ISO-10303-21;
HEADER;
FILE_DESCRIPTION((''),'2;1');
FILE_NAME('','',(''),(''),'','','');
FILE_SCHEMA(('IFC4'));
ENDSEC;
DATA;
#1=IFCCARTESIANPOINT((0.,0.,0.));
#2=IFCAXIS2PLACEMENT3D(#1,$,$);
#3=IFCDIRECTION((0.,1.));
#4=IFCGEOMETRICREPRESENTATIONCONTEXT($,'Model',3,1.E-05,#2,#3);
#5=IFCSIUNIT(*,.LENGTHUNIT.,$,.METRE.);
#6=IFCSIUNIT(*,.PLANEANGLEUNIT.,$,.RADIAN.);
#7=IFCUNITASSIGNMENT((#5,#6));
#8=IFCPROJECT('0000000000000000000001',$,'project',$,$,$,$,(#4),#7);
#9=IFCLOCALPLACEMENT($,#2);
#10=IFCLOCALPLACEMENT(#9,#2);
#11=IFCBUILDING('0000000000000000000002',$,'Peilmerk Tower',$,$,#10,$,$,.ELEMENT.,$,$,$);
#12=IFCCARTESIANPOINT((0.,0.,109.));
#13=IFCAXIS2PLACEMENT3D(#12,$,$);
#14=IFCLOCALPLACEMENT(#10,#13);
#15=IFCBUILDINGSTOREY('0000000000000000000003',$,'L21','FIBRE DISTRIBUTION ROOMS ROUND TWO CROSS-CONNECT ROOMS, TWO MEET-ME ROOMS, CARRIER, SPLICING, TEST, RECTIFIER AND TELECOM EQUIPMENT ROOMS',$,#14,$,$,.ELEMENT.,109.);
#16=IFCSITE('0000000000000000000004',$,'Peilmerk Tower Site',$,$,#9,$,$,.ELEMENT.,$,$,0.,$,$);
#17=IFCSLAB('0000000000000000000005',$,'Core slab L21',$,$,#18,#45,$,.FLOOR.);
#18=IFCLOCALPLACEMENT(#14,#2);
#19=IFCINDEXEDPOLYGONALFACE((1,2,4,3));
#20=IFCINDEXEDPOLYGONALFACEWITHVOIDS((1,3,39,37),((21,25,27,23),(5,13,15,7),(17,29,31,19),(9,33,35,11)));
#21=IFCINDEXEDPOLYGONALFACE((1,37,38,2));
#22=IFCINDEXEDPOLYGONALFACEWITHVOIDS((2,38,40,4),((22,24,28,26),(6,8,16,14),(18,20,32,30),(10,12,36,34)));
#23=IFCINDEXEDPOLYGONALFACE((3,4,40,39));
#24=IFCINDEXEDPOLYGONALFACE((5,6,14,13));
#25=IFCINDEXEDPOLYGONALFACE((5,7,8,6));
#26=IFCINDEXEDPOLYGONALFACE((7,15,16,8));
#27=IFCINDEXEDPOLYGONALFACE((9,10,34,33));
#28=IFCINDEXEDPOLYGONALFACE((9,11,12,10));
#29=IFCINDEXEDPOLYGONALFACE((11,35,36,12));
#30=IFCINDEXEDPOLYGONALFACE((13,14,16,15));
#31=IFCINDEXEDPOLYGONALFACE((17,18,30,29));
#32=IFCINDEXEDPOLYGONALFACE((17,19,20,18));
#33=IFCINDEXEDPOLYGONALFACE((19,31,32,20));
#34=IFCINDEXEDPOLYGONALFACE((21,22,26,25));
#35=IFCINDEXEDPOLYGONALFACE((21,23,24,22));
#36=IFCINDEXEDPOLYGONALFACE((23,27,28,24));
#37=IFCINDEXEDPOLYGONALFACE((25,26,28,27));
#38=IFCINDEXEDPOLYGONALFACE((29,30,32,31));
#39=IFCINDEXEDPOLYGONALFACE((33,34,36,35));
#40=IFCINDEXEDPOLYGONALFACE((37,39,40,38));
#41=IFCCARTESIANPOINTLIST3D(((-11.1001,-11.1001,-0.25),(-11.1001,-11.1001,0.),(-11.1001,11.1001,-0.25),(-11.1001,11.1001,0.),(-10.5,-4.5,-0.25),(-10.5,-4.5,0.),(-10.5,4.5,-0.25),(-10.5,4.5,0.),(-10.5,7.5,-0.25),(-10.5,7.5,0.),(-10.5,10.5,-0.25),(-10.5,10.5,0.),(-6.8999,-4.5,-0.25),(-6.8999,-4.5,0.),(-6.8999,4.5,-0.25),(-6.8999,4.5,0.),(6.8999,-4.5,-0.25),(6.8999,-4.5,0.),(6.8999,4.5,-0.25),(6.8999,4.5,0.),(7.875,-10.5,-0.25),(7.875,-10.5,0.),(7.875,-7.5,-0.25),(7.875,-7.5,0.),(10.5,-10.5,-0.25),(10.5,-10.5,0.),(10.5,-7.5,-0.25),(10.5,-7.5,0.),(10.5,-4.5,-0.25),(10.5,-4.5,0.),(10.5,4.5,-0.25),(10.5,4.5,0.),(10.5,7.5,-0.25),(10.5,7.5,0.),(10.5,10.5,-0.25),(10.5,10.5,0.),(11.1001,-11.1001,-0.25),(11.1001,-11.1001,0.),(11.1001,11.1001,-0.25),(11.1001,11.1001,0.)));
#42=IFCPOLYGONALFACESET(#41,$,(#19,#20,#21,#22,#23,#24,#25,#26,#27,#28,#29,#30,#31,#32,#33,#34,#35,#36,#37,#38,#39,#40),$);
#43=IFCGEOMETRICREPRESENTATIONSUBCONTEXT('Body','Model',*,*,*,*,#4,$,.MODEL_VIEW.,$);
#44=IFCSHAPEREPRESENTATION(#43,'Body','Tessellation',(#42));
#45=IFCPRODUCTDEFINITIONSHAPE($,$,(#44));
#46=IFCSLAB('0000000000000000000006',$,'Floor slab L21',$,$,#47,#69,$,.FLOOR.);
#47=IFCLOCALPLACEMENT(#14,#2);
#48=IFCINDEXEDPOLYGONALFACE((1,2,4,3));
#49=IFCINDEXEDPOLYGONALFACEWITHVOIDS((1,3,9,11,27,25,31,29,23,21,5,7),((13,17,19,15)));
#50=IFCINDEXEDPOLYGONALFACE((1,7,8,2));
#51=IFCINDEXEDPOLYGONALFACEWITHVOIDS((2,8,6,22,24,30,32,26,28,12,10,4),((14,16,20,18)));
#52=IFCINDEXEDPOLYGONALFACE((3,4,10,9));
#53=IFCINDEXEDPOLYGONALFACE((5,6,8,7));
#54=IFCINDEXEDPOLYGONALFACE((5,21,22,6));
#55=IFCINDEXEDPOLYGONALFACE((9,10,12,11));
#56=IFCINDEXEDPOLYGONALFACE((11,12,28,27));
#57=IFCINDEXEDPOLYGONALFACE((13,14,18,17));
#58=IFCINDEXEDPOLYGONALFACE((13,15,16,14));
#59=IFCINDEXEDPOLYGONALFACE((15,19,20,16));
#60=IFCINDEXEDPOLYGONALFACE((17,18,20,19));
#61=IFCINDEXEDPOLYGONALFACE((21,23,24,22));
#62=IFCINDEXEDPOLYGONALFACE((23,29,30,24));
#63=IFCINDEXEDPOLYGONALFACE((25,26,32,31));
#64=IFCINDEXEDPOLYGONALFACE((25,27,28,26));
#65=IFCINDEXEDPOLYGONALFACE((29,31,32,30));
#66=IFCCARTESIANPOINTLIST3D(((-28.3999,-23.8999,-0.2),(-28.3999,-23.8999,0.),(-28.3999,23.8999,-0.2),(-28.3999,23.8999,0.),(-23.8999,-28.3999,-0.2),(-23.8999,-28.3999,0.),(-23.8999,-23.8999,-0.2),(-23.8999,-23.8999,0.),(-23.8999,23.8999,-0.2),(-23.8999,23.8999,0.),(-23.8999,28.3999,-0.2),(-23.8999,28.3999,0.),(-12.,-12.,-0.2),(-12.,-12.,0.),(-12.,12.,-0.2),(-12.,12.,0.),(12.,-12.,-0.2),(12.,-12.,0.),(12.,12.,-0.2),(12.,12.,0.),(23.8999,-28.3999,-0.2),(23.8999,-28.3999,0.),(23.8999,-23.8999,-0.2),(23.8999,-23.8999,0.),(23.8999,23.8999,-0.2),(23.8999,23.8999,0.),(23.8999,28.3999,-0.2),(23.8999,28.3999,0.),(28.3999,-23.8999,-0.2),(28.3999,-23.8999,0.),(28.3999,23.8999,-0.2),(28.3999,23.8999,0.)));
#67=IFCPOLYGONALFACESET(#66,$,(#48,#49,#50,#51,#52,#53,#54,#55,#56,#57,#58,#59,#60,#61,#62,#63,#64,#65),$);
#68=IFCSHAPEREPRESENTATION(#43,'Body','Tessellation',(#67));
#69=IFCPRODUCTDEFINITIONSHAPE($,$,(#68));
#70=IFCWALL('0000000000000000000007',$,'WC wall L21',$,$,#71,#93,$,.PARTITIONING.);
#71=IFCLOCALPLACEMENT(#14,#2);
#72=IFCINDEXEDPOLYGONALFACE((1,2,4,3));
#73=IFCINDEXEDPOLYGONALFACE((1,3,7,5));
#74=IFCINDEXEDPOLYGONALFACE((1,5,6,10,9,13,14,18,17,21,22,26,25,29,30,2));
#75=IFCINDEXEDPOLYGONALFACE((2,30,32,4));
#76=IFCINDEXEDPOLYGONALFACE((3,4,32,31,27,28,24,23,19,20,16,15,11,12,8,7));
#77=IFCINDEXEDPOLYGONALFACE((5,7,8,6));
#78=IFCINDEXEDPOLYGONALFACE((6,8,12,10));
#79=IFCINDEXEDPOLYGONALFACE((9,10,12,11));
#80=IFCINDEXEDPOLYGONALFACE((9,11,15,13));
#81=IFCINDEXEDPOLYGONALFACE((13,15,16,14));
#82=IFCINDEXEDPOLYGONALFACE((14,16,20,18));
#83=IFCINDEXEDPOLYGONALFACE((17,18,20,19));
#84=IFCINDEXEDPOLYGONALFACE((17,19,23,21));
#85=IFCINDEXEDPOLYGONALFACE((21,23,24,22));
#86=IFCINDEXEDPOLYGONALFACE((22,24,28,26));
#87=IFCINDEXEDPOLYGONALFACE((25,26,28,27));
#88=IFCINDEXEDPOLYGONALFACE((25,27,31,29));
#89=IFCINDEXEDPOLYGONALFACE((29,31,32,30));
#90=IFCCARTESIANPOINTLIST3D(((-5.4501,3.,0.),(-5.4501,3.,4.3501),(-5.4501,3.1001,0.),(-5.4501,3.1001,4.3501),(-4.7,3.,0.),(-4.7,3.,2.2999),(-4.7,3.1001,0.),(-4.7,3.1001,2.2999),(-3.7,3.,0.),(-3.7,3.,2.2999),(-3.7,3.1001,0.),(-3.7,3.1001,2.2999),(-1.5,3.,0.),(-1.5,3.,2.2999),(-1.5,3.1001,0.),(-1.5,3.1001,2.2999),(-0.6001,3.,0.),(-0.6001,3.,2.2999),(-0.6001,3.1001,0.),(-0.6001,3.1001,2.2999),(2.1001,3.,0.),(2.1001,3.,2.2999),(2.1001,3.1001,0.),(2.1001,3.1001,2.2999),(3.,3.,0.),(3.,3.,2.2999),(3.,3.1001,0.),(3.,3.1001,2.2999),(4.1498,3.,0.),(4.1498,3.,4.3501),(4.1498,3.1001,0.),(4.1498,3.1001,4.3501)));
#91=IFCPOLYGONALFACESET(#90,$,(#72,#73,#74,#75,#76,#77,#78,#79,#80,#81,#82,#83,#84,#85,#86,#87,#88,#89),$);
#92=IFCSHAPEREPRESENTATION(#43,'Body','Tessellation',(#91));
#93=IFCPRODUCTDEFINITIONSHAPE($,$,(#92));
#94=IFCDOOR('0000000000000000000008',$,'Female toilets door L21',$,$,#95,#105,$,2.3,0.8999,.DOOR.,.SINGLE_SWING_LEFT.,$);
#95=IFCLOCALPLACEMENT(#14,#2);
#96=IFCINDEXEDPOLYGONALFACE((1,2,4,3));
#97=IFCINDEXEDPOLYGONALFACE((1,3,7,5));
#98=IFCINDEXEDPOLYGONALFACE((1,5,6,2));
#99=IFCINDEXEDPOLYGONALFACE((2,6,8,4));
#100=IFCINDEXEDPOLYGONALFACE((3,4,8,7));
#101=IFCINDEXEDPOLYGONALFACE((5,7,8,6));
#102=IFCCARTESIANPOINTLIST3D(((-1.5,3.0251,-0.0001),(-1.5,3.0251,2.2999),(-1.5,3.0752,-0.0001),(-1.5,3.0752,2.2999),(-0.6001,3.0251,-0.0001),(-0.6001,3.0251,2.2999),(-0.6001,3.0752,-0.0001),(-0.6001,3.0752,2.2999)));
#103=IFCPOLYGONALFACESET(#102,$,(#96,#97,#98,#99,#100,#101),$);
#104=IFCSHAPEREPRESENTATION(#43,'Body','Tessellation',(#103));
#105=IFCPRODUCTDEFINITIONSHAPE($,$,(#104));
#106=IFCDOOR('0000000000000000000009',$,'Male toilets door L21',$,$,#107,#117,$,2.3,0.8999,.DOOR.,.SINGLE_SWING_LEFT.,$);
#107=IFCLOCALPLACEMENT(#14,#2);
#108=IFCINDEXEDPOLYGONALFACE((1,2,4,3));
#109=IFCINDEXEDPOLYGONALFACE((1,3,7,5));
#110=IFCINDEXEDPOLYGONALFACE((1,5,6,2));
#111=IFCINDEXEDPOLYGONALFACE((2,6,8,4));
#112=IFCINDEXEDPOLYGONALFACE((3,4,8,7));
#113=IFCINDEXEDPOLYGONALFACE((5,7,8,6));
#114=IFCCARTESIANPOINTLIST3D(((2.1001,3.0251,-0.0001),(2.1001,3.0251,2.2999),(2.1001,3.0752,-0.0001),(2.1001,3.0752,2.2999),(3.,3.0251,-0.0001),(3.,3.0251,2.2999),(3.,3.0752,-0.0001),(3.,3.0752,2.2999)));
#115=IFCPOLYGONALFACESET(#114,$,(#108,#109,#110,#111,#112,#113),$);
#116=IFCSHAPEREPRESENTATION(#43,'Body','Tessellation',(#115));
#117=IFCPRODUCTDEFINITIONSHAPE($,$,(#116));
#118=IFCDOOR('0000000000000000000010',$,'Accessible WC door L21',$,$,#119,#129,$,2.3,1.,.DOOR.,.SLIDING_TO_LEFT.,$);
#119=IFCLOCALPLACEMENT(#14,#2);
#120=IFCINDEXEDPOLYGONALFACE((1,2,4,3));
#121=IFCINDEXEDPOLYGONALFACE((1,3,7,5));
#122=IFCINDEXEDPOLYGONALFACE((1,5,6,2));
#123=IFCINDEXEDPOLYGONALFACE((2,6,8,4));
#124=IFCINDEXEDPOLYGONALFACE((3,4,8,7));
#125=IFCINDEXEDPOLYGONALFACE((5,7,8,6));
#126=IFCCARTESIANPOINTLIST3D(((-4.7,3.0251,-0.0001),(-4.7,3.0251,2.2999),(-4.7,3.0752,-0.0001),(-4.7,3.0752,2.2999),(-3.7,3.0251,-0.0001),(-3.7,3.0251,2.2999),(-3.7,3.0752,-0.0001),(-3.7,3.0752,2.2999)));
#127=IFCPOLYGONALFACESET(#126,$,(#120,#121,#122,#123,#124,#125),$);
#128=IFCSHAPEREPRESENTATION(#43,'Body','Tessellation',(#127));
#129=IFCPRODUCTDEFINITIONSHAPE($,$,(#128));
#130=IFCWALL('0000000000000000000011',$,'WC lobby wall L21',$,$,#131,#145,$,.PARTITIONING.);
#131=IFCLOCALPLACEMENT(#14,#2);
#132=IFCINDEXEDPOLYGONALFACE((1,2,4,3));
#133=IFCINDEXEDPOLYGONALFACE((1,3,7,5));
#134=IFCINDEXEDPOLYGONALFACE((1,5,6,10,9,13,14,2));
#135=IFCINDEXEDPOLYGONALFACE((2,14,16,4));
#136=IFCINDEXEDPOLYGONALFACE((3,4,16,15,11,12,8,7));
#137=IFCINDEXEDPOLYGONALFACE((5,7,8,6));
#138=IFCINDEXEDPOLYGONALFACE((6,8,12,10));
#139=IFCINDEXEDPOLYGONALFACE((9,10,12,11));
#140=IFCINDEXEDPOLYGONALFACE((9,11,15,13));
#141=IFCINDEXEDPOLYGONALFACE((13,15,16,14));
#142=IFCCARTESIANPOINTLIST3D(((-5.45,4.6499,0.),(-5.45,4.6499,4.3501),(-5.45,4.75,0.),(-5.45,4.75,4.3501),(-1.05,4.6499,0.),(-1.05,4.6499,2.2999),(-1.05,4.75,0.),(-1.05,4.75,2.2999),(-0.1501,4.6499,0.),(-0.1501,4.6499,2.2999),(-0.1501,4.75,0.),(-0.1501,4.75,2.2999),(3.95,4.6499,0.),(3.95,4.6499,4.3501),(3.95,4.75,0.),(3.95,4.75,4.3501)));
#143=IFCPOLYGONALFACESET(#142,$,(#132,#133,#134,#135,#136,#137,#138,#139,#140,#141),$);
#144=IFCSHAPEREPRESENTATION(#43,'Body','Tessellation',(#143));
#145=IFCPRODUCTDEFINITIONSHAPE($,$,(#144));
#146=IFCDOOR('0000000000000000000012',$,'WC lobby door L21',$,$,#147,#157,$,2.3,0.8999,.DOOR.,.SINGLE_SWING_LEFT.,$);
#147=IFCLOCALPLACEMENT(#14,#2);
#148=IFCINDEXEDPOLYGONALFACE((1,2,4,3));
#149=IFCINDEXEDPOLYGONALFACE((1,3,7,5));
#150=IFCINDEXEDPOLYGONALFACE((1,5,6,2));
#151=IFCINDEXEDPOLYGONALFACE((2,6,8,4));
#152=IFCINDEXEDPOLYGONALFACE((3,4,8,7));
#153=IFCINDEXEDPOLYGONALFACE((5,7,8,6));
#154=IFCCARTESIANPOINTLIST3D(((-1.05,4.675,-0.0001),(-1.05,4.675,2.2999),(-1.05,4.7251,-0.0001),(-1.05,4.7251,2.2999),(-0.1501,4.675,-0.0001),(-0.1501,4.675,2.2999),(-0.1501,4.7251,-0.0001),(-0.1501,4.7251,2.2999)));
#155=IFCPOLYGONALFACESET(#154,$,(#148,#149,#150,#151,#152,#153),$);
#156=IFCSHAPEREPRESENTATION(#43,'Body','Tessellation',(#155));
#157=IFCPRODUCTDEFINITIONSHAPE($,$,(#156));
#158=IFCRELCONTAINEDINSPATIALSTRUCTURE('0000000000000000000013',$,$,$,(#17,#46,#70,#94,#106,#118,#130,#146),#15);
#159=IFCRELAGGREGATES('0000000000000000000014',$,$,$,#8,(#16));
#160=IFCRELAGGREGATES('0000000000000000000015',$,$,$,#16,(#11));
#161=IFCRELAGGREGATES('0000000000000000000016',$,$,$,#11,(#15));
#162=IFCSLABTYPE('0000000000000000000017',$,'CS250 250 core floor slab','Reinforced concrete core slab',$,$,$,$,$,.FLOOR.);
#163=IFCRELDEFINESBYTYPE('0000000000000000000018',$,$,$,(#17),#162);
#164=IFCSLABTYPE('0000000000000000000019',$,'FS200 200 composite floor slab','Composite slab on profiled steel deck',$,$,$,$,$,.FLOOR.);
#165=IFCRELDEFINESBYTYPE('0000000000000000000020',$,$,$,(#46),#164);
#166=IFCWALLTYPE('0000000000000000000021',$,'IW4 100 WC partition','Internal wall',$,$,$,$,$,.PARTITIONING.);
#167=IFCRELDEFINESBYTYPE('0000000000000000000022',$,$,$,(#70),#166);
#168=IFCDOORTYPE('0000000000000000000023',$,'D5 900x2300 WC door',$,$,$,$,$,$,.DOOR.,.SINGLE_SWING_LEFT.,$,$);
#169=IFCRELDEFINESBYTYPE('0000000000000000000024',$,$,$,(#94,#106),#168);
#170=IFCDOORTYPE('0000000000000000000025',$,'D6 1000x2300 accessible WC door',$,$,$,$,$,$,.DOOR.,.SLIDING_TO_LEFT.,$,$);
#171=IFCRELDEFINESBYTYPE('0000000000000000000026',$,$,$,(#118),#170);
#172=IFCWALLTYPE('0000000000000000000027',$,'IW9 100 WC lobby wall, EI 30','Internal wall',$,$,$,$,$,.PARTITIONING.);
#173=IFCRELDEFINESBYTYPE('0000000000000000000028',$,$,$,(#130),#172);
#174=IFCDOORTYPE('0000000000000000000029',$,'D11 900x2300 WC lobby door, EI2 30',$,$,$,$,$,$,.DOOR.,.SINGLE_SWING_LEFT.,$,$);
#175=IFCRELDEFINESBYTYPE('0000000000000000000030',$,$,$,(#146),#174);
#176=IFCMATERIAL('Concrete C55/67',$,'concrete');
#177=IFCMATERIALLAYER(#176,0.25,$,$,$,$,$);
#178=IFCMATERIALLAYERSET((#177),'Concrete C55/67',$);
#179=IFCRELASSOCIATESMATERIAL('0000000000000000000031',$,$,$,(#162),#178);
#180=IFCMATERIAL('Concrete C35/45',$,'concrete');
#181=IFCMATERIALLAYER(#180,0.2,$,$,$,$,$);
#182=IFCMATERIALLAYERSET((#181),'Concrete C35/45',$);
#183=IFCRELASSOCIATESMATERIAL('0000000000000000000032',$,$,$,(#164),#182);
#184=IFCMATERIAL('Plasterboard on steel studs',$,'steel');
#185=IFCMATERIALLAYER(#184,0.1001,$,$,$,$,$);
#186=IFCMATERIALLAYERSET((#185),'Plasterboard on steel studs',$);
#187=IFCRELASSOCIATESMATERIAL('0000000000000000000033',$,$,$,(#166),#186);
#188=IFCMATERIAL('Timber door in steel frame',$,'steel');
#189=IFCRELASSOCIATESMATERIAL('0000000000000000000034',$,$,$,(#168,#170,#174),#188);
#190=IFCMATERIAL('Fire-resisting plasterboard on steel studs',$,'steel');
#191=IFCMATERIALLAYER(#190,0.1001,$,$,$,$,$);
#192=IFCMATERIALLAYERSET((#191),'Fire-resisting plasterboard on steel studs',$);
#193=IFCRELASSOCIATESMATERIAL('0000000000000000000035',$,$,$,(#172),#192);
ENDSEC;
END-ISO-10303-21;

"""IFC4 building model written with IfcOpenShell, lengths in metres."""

from ifc_helpers import new_model, si_unit, direction, frame, frame_2d, origin, place, context, subcontext, project, spatial, polyline, rectangle, outline, extrude, material, layer, layer_set, type_object, element, fill, save


model = new_model("IFC4")

# Units and contexts
model_context = context("Model", 3, precision=1e-05, world=origin(), true_north=direction((0.0, 1.0)))
body_context = subcontext(model_context, "Body", "Model", "MODEL_VIEW")
ifc_project = project(units=[si_unit("LENGTHUNIT", "METRE"), si_unit("PLANEANGLEUNIT", "RADIAN")], contexts=[model_context])

# Site, building, storey
site_placement = place(None, origin())
site = spatial("IfcSite", under=ifc_project, at=site_placement, Name="Peilmerk Tower Site", CompositionType="ELEMENT", RefElevation=0.0)
building_placement = place(site_placement, origin())
building = spatial("IfcBuilding", under=site, at=building_placement, Name="Peilmerk Tower", CompositionType="ELEMENT")
storey_placement = place(building_placement, frame((0.0, 0.0, 109.0)))
storey = spatial("IfcBuildingStorey", under=building, at=storey_placement, Name="L21", Description="FIBRE DISTRIBUTION ROOMS ROUND TWO CROSS-CONNECT ROOMS, TWO MEET-ME ROOMS, CARRIER, SPLICING, TEST, RECTIFIER AND TELECOM EQUIPMENT ROOMS", CompositionType="ELEMENT", Elevation=109.0)

# Slabs
ifc_material_1 = material(Name="Concrete C55/67", Category="concrete")
ifc_layer_1 = layer(ifc_material_1, 0.25)
ifc_layer_set_1 = layer_set([ifc_layer_1], Name="Concrete C55/67")
slab_type_1 = type_object("IfcSlabType", Name="CS250 250 core floor slab", Description="Reinforced concrete core slab", PredefinedType="FLOOR", material=ifc_layer_set_1)
slab_1_placement = place(storey_placement, frame((0.0, 0.0, -0.25)))
element("IfcSlab", 1, at=slab_1_placement, inside=storey, type_object=slab_type_1, Name="Core slab L21", PredefinedType="FLOOR", context=body_context, shape_type="SweptSolid", body=[
    extrude(outline(polyline([(-11.1001, 11.1001), (-11.1001, -11.1001), (11.1001, -11.1001), (11.1001, 11.1001), (-11.1001, 11.1001)]), holes=[polyline([(10.5, 7.5), (-10.5, 7.5), (-10.5, 10.5), (10.5, 10.5), (10.5, 7.5)]), polyline([(7.875, -10.5), (7.875, -7.5), (10.5, -7.5), (10.5, -10.5), (7.875, -10.5)]), polyline([(-10.5, 4.5), (-6.8999, 4.5), (-6.8999, -4.5), (-10.5, -4.5), (-10.5, 4.5)]), polyline([(10.5, 4.5), (10.5, -4.5), (6.8999, -4.5), (6.8999, 4.5), (10.5, 4.5)])]), origin(), (0.0, 0.0, 1.0), 0.25),
])
ifc_material_2 = material(Name="Concrete C35/45", Category="concrete")
ifc_layer_2 = layer(ifc_material_2, 0.2)
ifc_layer_set_2 = layer_set([ifc_layer_2], Name="Concrete C35/45")
slab_type_2 = type_object("IfcSlabType", Name="FS200 200 composite floor slab", Description="Composite slab on profiled steel deck", PredefinedType="FLOOR", material=ifc_layer_set_2)
slab_2_placement = place(storey_placement, frame((0.0, 0.0, -0.2)))
element("IfcSlab", 2, at=slab_2_placement, inside=storey, type_object=slab_type_2, Name="Floor slab L21", PredefinedType="FLOOR", context=body_context, shape_type="SweptSolid", body=[
    extrude(outline(polyline([(-23.8999, -28.3999), (23.8999, -28.3999), (23.8999, -23.8999), (28.3999, -23.8999), (28.3999, 23.8999), (23.8999, 23.8999), (23.8999, 28.3999), (-23.8999, 28.3999), (-23.8999, 23.8999), (-28.3999, 23.8999), (-28.3999, -23.8999), (-23.8999, -23.8999), (-23.8999, -28.3999)]), holes=[polyline([(12.0, 12.0), (12.0, -12.0), (-12.0, -12.0), (-12.0, 12.0), (12.0, 12.0)])]), origin(), (0.0, 0.0, 1.0), 0.2),
])

# Wall, openings, doors
ifc_material_3 = material(Name="Plasterboard on steel studs", Category="steel")
ifc_layer_3 = layer(ifc_material_3, 0.1001)
ifc_layer_set_3 = layer_set([ifc_layer_3], Name="Plasterboard on steel studs")
wall_type_1 = type_object("IfcWallType", Name="IW4 100 WC partition", Description="Internal wall", PredefinedType="PARTITIONING", material=ifc_layer_set_3)
wall_1_placement = place(storey_placement, frame((-5.45, 3.05, 0.0), z_axis=(0.0, 0.0, 1.0), x_axis=(1.0, 0.0, 0.0)))
wall_1 = element("IfcWall", 3, at=wall_1_placement, inside=storey, type_object=wall_type_1, Name="WC wall L21", PredefinedType="PARTITIONING", context=body_context, shape_type="SweptSolid", body=[
    extrude(rectangle(XDim=9.5999, YDim=0.1001, at=frame_2d((4.7998, 0.0))), origin(), (0.0, 0.0, 1.0), 4.3501),
])
opening_1_placement = place(wall_1_placement, frame((0.75, 0.0, 0.0)))
opening_1 = element("IfcOpeningElement", 4, at=opening_1_placement, cuts=wall_1, PredefinedType="OPENING", context=body_context, shape_type="SweptSolid", body=[
    extrude(rectangle(XDim=1.0, YDim=2.3, at=frame_2d((0.5, 1.1499))), frame((0.0, 0.0601, 0.0), z_axis=(0.0, -1.0, 0.0), x_axis=(1.0, 0.0, 0.0)), (0.0, 0.0, 1.0), 0.1201),
])
opening_2_placement = place(wall_1_placement, frame((3.95, 0.0, 0.0)))
opening_2 = element("IfcOpeningElement", 5, at=opening_2_placement, cuts=wall_1, PredefinedType="OPENING", context=body_context, shape_type="SweptSolid", body=[
    extrude(rectangle(XDim=0.8999, YDim=2.3, at=frame_2d((0.45, 1.1499))), frame((0.0, 0.0601, 0.0), z_axis=(0.0, -1.0, 0.0), x_axis=(1.0, 0.0, 0.0)), (0.0, 0.0, 1.0), 0.1201),
])
opening_3_placement = place(wall_1_placement, frame((7.55, 0.0, 0.0)))
opening_3 = element("IfcOpeningElement", 6, at=opening_3_placement, cuts=wall_1, PredefinedType="OPENING", context=body_context, shape_type="SweptSolid", body=[
    extrude(rectangle(XDim=0.8999, YDim=2.3, at=frame_2d((0.45, 1.1499))), frame((0.0, 0.0601, 0.0), z_axis=(0.0, -1.0, 0.0), x_axis=(1.0, 0.0, 0.0)), (0.0, 0.0, 1.0), 0.1201),
])
ifc_material_4 = material(Name="Timber door in steel frame", Category="steel")
door_type_1 = type_object("IfcDoorType", Name="D5 900x2300 WC door", OperationType="SINGLE_SWING_LEFT", PredefinedType="DOOR", material=ifc_material_4)
door_1_placement = place(opening_2_placement, frame((0.8999, 0.0, 0.0), z_axis=(0.0, 0.0, 1.0), x_axis=(-1.0, 0.0, 0.0)))
door_1 = element("IfcDoor", 7, at=door_1_placement, inside=storey, type_object=door_type_1, Name="Female toilets door L21", OperationType="SINGLE_SWING_LEFT", OverallHeight=2.3, OverallWidth=0.8999, PredefinedType="DOOR", context=body_context, shape_type="SweptSolid", body=[
    extrude(rectangle(XDim=0.8999, YDim=2.3, at=frame_2d((0.45, 1.1499))), frame((0.0, 0.0249, 0.0), z_axis=(0.0, -1.0, 0.0), x_axis=(1.0, 0.0, 0.0)), (0.0, 0.0, 1.0), 0.05),
])
fill(opening_2, door_1)
door_2_placement = place(opening_3_placement, frame((0.8999, 0.0, 0.0), z_axis=(0.0, 0.0, 1.0), x_axis=(-1.0, 0.0, 0.0)))
door_2 = element("IfcDoor", 8, at=door_2_placement, inside=storey, type_object=door_type_1, Name="Male toilets door L21", OperationType="SINGLE_SWING_LEFT", OverallHeight=2.3, OverallWidth=0.8999, PredefinedType="DOOR", context=body_context, shape_type="SweptSolid", body=[
    extrude(rectangle(XDim=0.8999, YDim=2.3, at=frame_2d((0.45, 1.1499))), frame((0.0, 0.0249, 0.0), z_axis=(0.0, -1.0, 0.0), x_axis=(1.0, 0.0, 0.0)), (0.0, 0.0, 1.0), 0.05),
])
fill(opening_3, door_2)
door_type_2 = type_object("IfcDoorType", Name="D6 1000x2300 accessible WC door", OperationType="SLIDING_TO_LEFT", PredefinedType="DOOR", material=ifc_material_4)
door_3_placement = place(opening_1_placement, frame((1.0, 0.0, 0.0), z_axis=(0.0, 0.0, 1.0), x_axis=(-1.0, 0.0, 0.0)))
door_3 = element("IfcDoor", 9, at=door_3_placement, inside=storey, type_object=door_type_2, Name="Accessible WC door L21", OperationType="SLIDING_TO_LEFT", OverallHeight=2.3, OverallWidth=1.0, PredefinedType="DOOR", context=body_context, shape_type="SweptSolid", body=[
    extrude(rectangle(XDim=1.0, YDim=2.3, at=frame_2d((0.5, 1.1499))), frame((0.0, 0.0249, 0.0), z_axis=(0.0, -1.0, 0.0), x_axis=(1.0, 0.0, 0.0)), (0.0, 0.0, 1.0), 0.05),
])
fill(opening_1, door_3)

# Wall, opening, door
ifc_material_5 = material(Name="Fire-resisting plasterboard on steel studs", Category="steel")
ifc_layer_4 = layer(ifc_material_5, 0.1001)
ifc_layer_set_4 = layer_set([ifc_layer_4], Name="Fire-resisting plasterboard on steel studs")
wall_type_2 = type_object("IfcWallType", Name="IW9 100 WC lobby wall, EI 30", Description="Internal wall", PredefinedType="PARTITIONING", material=ifc_layer_set_4)
wall_2_placement = place(storey_placement, frame((-5.45, 4.7, 0.0), z_axis=(0.0, 0.0, 1.0), x_axis=(1.0, 0.0, 0.0)))
wall_2 = element("IfcWall", 10, at=wall_2_placement, inside=storey, type_object=wall_type_2, Name="WC lobby wall L21", PredefinedType="PARTITIONING", context=body_context, shape_type="SweptSolid", body=[
    extrude(rectangle(XDim=9.3999, YDim=0.1001, at=frame_2d((4.7, 0.0))), origin(), (0.0, 0.0, 1.0), 4.3501),
])
opening_4_placement = place(wall_2_placement, frame((4.3999, 0.0, 0.0)))
opening_4 = element("IfcOpeningElement", 11, at=opening_4_placement, cuts=wall_2, PredefinedType="OPENING", context=body_context, shape_type="SweptSolid", body=[
    extrude(rectangle(XDim=0.8999, YDim=2.3, at=frame_2d((0.45, 1.1499))), frame((0.0, 0.0601, 0.0), z_axis=(0.0, -1.0, 0.0), x_axis=(1.0, 0.0, 0.0)), (0.0, 0.0, 1.0), 0.1201),
])
door_type_3 = type_object("IfcDoorType", Name="D11 900x2300 WC lobby door, EI2 30", OperationType="SINGLE_SWING_LEFT", PredefinedType="DOOR", material=ifc_material_4)
door_4_placement = place(opening_4_placement, frame((0.8999, 0.0, 0.0), z_axis=(0.0, 0.0, 1.0), x_axis=(-1.0, 0.0, 0.0)))
door_4 = element("IfcDoor", 12, at=door_4_placement, inside=storey, type_object=door_type_3, Name="WC lobby door L21", OperationType="SINGLE_SWING_LEFT", OverallHeight=2.3, OverallWidth=0.8999, PredefinedType="DOOR", context=body_context, shape_type="SweptSolid", body=[
    extrude(rectangle(XDim=0.8999, YDim=2.3, at=frame_2d((0.45, 1.1499))), frame((0.0, 0.0249, 0.0), z_axis=(0.0, -1.0, 0.0), x_axis=(1.0, 0.0, 0.0)), (0.0, 0.0, 1.0), 0.05),
])
fill(opening_4, door_4)

save(model, "model.ifc")
